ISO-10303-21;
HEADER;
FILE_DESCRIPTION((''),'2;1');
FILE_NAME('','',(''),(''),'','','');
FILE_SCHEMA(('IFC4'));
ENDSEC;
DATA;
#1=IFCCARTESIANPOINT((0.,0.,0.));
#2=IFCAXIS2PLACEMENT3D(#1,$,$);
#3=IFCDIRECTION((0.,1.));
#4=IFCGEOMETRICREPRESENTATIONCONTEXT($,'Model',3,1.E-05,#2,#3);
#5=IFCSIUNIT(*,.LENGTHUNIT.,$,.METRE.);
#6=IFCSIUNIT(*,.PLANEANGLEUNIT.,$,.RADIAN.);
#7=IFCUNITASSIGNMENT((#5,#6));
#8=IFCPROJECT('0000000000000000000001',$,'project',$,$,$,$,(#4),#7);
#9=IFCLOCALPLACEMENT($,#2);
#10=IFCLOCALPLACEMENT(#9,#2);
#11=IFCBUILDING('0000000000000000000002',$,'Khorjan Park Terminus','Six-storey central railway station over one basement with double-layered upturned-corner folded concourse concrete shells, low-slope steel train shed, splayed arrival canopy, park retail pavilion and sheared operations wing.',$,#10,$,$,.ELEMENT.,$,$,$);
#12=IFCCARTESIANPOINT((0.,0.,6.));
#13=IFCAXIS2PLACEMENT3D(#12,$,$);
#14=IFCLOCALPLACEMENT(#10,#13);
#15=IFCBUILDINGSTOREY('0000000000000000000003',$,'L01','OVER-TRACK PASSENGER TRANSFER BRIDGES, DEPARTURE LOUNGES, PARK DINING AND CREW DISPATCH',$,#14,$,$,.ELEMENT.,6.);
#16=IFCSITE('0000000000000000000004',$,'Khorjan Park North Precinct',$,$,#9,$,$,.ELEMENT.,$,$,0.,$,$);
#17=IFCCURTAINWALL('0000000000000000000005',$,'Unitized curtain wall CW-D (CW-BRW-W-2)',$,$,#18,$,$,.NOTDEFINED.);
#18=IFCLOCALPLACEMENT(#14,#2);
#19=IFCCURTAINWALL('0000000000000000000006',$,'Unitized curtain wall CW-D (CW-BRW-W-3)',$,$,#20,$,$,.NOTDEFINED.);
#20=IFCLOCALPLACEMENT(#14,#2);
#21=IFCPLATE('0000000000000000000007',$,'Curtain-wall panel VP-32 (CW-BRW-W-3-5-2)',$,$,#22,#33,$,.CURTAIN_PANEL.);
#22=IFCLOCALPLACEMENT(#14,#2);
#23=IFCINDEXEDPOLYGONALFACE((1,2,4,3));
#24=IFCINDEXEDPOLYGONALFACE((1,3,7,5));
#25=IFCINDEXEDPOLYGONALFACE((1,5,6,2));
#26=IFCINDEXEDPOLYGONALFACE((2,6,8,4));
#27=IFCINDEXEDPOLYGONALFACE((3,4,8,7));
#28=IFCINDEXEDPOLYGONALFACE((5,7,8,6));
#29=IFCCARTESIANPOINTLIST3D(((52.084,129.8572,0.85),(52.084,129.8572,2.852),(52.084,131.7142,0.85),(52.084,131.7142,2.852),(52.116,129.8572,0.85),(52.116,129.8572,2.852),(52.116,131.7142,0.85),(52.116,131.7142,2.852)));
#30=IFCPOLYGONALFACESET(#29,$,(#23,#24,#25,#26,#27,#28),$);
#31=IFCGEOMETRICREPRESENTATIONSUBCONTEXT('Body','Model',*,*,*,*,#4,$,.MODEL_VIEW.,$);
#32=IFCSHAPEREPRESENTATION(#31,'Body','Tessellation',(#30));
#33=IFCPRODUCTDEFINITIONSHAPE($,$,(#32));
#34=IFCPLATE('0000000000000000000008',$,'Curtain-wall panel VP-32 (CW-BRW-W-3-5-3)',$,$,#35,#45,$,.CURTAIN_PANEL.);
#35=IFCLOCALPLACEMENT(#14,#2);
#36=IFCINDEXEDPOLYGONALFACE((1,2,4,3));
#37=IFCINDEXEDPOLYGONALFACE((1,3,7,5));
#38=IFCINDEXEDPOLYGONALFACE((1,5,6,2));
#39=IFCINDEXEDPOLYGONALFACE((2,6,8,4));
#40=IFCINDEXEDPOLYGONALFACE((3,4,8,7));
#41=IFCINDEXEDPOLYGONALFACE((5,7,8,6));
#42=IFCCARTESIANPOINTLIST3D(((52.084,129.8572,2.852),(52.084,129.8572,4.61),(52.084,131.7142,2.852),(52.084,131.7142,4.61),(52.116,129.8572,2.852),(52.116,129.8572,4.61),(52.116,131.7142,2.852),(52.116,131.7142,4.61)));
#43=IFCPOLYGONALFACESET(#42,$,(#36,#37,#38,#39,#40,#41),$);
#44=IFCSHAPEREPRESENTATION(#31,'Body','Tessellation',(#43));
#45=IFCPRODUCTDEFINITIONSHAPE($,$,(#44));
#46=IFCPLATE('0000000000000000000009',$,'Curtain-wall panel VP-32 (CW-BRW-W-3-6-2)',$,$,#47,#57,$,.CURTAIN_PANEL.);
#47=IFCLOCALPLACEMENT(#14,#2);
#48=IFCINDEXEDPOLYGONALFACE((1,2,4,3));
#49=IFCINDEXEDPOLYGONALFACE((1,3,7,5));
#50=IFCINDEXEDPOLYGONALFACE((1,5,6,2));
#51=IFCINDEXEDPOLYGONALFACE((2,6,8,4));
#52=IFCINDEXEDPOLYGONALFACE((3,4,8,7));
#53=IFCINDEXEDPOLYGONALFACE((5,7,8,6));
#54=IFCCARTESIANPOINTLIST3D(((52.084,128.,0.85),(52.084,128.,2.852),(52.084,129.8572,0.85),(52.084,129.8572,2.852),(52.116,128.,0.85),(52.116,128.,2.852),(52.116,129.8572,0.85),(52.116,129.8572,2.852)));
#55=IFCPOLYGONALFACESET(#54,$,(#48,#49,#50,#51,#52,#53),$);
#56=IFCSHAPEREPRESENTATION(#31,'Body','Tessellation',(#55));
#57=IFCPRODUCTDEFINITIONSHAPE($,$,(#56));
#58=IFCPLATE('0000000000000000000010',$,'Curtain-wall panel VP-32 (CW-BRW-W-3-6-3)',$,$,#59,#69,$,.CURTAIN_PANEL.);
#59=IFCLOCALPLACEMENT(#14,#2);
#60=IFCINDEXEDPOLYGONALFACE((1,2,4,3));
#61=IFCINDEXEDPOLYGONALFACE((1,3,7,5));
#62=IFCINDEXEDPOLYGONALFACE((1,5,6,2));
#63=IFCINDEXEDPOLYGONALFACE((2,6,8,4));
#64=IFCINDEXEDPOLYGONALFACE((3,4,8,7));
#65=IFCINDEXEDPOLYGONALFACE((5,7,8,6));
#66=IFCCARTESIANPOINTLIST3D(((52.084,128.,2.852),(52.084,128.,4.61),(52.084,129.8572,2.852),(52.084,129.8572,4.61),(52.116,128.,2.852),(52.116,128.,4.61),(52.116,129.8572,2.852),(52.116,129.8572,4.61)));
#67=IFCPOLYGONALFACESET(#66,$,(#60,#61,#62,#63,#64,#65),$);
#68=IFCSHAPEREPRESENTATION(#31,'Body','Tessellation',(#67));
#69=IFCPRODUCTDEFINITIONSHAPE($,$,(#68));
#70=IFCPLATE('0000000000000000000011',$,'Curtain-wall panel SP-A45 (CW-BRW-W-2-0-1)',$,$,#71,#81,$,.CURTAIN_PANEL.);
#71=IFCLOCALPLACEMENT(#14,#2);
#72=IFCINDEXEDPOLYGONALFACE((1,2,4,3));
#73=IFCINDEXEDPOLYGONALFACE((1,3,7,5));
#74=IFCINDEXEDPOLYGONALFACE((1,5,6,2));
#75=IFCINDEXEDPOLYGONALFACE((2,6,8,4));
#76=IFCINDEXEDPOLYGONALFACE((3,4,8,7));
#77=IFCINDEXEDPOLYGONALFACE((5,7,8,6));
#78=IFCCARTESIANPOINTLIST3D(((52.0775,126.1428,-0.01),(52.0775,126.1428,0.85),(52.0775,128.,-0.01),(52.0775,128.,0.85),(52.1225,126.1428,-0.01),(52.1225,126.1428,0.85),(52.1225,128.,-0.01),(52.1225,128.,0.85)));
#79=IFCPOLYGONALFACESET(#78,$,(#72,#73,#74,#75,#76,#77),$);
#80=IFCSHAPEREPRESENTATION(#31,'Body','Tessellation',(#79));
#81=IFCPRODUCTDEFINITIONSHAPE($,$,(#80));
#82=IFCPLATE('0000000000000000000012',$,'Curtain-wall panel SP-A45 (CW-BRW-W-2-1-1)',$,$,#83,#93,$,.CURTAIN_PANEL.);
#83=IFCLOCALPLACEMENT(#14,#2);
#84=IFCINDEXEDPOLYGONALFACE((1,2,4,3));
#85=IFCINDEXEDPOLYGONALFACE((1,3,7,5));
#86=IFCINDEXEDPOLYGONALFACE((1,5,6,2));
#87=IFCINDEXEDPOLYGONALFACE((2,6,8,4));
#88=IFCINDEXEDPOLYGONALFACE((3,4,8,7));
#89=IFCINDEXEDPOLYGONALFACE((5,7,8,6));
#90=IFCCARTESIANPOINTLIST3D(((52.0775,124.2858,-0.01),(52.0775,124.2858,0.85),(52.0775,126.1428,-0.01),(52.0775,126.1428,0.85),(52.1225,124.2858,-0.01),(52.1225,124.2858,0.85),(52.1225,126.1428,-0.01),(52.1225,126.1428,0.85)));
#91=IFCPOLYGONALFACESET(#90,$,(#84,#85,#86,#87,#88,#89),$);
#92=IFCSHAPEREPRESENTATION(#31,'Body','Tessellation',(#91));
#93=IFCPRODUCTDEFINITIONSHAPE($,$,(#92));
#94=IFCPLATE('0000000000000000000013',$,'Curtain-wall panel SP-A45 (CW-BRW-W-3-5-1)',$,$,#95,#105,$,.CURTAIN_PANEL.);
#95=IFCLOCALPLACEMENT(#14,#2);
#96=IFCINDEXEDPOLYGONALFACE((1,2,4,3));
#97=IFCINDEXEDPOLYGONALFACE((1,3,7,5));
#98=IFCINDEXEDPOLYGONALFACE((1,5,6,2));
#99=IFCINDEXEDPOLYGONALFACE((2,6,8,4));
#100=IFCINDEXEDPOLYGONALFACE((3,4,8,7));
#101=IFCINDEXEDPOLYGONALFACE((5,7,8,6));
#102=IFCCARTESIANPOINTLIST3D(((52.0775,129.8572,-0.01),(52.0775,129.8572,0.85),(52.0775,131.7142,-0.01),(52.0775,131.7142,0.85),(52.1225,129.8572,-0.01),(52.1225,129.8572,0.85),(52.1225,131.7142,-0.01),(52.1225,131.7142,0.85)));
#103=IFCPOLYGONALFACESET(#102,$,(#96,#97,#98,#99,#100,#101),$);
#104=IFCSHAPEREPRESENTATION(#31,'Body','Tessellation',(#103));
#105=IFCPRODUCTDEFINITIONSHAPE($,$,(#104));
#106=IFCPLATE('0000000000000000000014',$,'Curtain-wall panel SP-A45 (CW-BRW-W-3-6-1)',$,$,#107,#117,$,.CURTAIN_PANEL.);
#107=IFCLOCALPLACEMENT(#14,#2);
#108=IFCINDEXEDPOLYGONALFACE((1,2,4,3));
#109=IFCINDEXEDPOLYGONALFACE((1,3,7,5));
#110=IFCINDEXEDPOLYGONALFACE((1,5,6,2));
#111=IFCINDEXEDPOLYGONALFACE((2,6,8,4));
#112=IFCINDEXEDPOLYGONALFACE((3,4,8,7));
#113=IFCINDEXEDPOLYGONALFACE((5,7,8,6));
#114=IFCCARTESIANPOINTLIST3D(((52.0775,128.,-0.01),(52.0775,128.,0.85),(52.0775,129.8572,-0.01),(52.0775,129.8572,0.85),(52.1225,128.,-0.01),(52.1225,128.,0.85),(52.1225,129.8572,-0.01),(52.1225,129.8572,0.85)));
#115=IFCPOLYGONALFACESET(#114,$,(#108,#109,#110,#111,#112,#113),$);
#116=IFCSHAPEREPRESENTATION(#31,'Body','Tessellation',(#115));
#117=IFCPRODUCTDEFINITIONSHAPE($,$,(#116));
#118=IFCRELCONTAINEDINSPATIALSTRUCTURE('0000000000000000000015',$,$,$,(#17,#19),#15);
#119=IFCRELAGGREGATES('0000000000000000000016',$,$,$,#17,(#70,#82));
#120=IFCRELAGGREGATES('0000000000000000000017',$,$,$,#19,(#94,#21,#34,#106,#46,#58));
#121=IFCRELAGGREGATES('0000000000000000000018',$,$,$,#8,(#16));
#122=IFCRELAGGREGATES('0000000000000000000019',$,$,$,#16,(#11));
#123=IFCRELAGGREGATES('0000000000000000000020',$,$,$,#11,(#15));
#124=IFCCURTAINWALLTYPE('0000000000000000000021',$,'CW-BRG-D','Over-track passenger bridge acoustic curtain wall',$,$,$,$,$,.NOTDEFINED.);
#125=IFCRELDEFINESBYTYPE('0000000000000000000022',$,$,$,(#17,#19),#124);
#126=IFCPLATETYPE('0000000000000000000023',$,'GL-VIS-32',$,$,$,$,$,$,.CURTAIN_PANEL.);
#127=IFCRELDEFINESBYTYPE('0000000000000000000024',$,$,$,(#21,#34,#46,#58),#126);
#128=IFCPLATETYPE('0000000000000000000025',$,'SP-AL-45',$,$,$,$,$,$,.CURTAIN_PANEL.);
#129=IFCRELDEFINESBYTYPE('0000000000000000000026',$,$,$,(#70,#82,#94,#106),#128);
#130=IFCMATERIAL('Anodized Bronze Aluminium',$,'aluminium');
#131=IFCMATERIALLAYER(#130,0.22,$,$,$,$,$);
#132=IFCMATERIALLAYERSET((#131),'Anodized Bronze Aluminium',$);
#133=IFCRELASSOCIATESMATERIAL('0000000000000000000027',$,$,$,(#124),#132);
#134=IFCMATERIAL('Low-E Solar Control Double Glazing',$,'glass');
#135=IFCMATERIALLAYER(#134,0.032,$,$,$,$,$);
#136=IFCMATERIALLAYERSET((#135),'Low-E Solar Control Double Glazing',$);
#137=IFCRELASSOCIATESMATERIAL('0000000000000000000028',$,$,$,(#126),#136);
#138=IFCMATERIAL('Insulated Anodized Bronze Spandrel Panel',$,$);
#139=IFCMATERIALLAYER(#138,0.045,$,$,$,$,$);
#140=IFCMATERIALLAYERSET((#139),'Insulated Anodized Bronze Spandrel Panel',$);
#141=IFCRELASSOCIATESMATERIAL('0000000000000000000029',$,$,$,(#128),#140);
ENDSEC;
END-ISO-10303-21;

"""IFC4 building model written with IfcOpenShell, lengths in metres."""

from ifc_helpers import new_model, si_unit, direction, frame, origin, origin_2d, place, context, subcontext, project, spatial, rectangle, extrude, material, layer, layer_set, type_object, element, aggregate, save


model = new_model("IFC4")

# Units and contexts
model_context = context("Model", 3, precision=1e-05, world=origin(), true_north=direction((0.0, 1.0)))
body_context = subcontext(model_context, "Body", "Model", "MODEL_VIEW")
ifc_project = project(units=[si_unit("LENGTHUNIT", "METRE"), si_unit("PLANEANGLEUNIT", "RADIAN")], contexts=[model_context])

# Site, building, storey
site_placement = place(None, origin())
site = spatial("IfcSite", under=ifc_project, at=site_placement, Name="Khorjan Park North Precinct", CompositionType="ELEMENT", RefElevation=0.0)
building_placement = place(site_placement, origin())
building = spatial("IfcBuilding", under=site, at=building_placement, Name="Khorjan Park Terminus", Description="Six-storey central railway station over one basement with double-layered upturned-corner folded concourse concrete shells, low-slope steel train shed, splayed arrival canopy, park retail pavilion and sheared operations wing.", CompositionType="ELEMENT")
storey_placement = place(building_placement, frame((0.0, 0.0, 6.0)))
storey = spatial("IfcBuildingStorey", under=building, at=storey_placement, Name="L01", Description="OVER-TRACK PASSENGER TRANSFER BRIDGES, DEPARTURE LOUNGES, PARK DINING AND CREW DISPATCH", CompositionType="ELEMENT", Elevation=6.0)

# Curtain walls
ifc_material_1 = material(Name="Anodized Bronze Aluminium", Category="aluminium")
ifc_layer_1 = layer(ifc_material_1, 0.22)
ifc_layer_set_1 = layer_set([ifc_layer_1], Name="Anodized Bronze Aluminium")
curtain_wall_type = type_object("IfcCurtainWallType", Name="CW-BRG-D", Description="Over-track passenger bridge acoustic curtain wall", PredefinedType="NOTDEFINED", material=ifc_layer_set_1)
curtain_wall_1_placement = place(storey_placement, origin())
curtain_wall_1 = element("IfcCurtainWall", 1, at=curtain_wall_1_placement, inside=storey, type_object=curtain_wall_type, Name="Unitized curtain wall CW-D (CW-BRW-W-2)", PredefinedType="NOTDEFINED")
curtain_wall_2_placement = place(storey_placement, origin())
curtain_wall_2 = element("IfcCurtainWall", 2, at=curtain_wall_2_placement, inside=storey, type_object=curtain_wall_type, Name="Unitized curtain wall CW-D (CW-BRW-W-3)", PredefinedType="NOTDEFINED")

# Plates
ifc_material_2 = material(Name="Low-E Solar Control Double Glazing", Category="glass")
ifc_layer_2 = layer(ifc_material_2, 0.032)
ifc_layer_set_2 = layer_set([ifc_layer_2], Name="Low-E Solar Control Double Glazing")
plate_type_1 = type_object("IfcPlateType", Name="GL-VIS-32", PredefinedType="CURTAIN_PANEL", material=ifc_layer_set_2)
plate_1_placement = place(storey_placement, frame((52.1, 130.7857, 0.85), z_axis=(0.0, 0.0, 1.0), x_axis=(0.0, -1.0, 0.0)))
plate_1 = element("IfcPlate", 3, at=plate_1_placement, type_object=plate_type_1, Name="Curtain-wall panel VP-32 (CW-BRW-W-3-5-2)", PredefinedType="CURTAIN_PANEL", context=body_context, shape_type="SweptSolid", body=[
    extrude(rectangle(XDim=1.8571, YDim=0.032, at=origin_2d()), origin(), (0.0, 0.0, 1.0), 2.002),
])
plate_2_placement = place(storey_placement, frame((52.1, 130.7857, 2.852), z_axis=(0.0, 0.0, 1.0), x_axis=(0.0, -1.0, 0.0)))
plate_2 = element("IfcPlate", 4, at=plate_2_placement, type_object=plate_type_1, Name="Curtain-wall panel VP-32 (CW-BRW-W-3-5-3)", PredefinedType="CURTAIN_PANEL", context=body_context, shape_type="SweptSolid", body=[
    extrude(rectangle(XDim=1.8571, YDim=0.032, at=origin_2d()), origin(), (0.0, 0.0, 1.0), 1.758),
])
plate_3_placement = place(storey_placement, frame((52.1, 128.9286, 0.85), z_axis=(0.0, 0.0, 1.0), x_axis=(0.0, -1.0, 0.0)))
plate_3 = element("IfcPlate", 5, at=plate_3_placement, type_object=plate_type_1, Name="Curtain-wall panel VP-32 (CW-BRW-W-3-6-2)", PredefinedType="CURTAIN_PANEL", context=body_context, shape_type="SweptSolid", body=[
    extrude(rectangle(XDim=1.8571, YDim=0.032, at=origin_2d()), origin(), (0.0, 0.0, 1.0), 2.002),
])
plate_4_placement = place(storey_placement, frame((52.1, 128.9286, 2.852), z_axis=(0.0, 0.0, 1.0), x_axis=(0.0, -1.0, 0.0)))
plate_4 = element("IfcPlate", 6, at=plate_4_placement, type_object=plate_type_1, Name="Curtain-wall panel VP-32 (CW-BRW-W-3-6-3)", PredefinedType="CURTAIN_PANEL", context=body_context, shape_type="SweptSolid", body=[
    extrude(rectangle(XDim=1.8571, YDim=0.032, at=origin_2d()), origin(), (0.0, 0.0, 1.0), 1.758),
])
ifc_material_3 = material(Name="Insulated Anodized Bronze Spandrel Panel")
ifc_layer_3 = layer(ifc_material_3, 0.045)
ifc_layer_set_3 = layer_set([ifc_layer_3], Name="Insulated Anodized Bronze Spandrel Panel")
plate_type_2 = type_object("IfcPlateType", Name="SP-AL-45", PredefinedType="CURTAIN_PANEL", material=ifc_layer_set_3)
plate_5_placement = place(storey_placement, frame((52.1, 127.0714, -0.01), z_axis=(0.0, 0.0, 1.0), x_axis=(0.0, -1.0, 0.0)))
plate_5 = element("IfcPlate", 7, at=plate_5_placement, type_object=plate_type_2, Name="Curtain-wall panel SP-A45 (CW-BRW-W-2-0-1)", PredefinedType="CURTAIN_PANEL", context=body_context, shape_type="SweptSolid", body=[
    extrude(rectangle(XDim=1.8571, YDim=0.045, at=origin_2d()), origin(), (0.0, 0.0, 1.0), 0.86),
])
plate_6_placement = place(storey_placement, frame((52.1, 125.2143, -0.01), z_axis=(0.0, 0.0, 1.0), x_axis=(0.0, -1.0, 0.0)))
plate_6 = element("IfcPlate", 8, at=plate_6_placement, type_object=plate_type_2, Name="Curtain-wall panel SP-A45 (CW-BRW-W-2-1-1)", PredefinedType="CURTAIN_PANEL", context=body_context, shape_type="SweptSolid", body=[
    extrude(rectangle(XDim=1.8571, YDim=0.045, at=origin_2d()), origin(), (0.0, 0.0, 1.0), 0.86),
])
aggregate(curtain_wall_1, [plate_5, plate_6])
plate_7_placement = place(storey_placement, frame((52.1, 130.7857, -0.01), z_axis=(0.0, 0.0, 1.0), x_axis=(0.0, -1.0, 0.0)))
plate_7 = element("IfcPlate", 9, at=plate_7_placement, type_object=plate_type_2, Name="Curtain-wall panel SP-A45 (CW-BRW-W-3-5-1)", PredefinedType="CURTAIN_PANEL", context=body_context, shape_type="SweptSolid", body=[
    extrude(rectangle(XDim=1.8571, YDim=0.045, at=origin_2d()), origin(), (0.0, 0.0, 1.0), 0.86),
])
plate_8_placement = place(storey_placement, frame((52.1, 128.9286, -0.01), z_axis=(0.0, 0.0, 1.0), x_axis=(0.0, -1.0, 0.0)))
plate_8 = element("IfcPlate", 10, at=plate_8_placement, type_object=plate_type_2, Name="Curtain-wall panel SP-A45 (CW-BRW-W-3-6-1)", PredefinedType="CURTAIN_PANEL", context=body_context, shape_type="SweptSolid", body=[
    extrude(rectangle(XDim=1.8571, YDim=0.045, at=origin_2d()), origin(), (0.0, 0.0, 1.0), 0.86),
])
aggregate(curtain_wall_2, [plate_7, plate_1, plate_2, plate_8, plate_3, plate_4])

save(model, "model.ifc")
